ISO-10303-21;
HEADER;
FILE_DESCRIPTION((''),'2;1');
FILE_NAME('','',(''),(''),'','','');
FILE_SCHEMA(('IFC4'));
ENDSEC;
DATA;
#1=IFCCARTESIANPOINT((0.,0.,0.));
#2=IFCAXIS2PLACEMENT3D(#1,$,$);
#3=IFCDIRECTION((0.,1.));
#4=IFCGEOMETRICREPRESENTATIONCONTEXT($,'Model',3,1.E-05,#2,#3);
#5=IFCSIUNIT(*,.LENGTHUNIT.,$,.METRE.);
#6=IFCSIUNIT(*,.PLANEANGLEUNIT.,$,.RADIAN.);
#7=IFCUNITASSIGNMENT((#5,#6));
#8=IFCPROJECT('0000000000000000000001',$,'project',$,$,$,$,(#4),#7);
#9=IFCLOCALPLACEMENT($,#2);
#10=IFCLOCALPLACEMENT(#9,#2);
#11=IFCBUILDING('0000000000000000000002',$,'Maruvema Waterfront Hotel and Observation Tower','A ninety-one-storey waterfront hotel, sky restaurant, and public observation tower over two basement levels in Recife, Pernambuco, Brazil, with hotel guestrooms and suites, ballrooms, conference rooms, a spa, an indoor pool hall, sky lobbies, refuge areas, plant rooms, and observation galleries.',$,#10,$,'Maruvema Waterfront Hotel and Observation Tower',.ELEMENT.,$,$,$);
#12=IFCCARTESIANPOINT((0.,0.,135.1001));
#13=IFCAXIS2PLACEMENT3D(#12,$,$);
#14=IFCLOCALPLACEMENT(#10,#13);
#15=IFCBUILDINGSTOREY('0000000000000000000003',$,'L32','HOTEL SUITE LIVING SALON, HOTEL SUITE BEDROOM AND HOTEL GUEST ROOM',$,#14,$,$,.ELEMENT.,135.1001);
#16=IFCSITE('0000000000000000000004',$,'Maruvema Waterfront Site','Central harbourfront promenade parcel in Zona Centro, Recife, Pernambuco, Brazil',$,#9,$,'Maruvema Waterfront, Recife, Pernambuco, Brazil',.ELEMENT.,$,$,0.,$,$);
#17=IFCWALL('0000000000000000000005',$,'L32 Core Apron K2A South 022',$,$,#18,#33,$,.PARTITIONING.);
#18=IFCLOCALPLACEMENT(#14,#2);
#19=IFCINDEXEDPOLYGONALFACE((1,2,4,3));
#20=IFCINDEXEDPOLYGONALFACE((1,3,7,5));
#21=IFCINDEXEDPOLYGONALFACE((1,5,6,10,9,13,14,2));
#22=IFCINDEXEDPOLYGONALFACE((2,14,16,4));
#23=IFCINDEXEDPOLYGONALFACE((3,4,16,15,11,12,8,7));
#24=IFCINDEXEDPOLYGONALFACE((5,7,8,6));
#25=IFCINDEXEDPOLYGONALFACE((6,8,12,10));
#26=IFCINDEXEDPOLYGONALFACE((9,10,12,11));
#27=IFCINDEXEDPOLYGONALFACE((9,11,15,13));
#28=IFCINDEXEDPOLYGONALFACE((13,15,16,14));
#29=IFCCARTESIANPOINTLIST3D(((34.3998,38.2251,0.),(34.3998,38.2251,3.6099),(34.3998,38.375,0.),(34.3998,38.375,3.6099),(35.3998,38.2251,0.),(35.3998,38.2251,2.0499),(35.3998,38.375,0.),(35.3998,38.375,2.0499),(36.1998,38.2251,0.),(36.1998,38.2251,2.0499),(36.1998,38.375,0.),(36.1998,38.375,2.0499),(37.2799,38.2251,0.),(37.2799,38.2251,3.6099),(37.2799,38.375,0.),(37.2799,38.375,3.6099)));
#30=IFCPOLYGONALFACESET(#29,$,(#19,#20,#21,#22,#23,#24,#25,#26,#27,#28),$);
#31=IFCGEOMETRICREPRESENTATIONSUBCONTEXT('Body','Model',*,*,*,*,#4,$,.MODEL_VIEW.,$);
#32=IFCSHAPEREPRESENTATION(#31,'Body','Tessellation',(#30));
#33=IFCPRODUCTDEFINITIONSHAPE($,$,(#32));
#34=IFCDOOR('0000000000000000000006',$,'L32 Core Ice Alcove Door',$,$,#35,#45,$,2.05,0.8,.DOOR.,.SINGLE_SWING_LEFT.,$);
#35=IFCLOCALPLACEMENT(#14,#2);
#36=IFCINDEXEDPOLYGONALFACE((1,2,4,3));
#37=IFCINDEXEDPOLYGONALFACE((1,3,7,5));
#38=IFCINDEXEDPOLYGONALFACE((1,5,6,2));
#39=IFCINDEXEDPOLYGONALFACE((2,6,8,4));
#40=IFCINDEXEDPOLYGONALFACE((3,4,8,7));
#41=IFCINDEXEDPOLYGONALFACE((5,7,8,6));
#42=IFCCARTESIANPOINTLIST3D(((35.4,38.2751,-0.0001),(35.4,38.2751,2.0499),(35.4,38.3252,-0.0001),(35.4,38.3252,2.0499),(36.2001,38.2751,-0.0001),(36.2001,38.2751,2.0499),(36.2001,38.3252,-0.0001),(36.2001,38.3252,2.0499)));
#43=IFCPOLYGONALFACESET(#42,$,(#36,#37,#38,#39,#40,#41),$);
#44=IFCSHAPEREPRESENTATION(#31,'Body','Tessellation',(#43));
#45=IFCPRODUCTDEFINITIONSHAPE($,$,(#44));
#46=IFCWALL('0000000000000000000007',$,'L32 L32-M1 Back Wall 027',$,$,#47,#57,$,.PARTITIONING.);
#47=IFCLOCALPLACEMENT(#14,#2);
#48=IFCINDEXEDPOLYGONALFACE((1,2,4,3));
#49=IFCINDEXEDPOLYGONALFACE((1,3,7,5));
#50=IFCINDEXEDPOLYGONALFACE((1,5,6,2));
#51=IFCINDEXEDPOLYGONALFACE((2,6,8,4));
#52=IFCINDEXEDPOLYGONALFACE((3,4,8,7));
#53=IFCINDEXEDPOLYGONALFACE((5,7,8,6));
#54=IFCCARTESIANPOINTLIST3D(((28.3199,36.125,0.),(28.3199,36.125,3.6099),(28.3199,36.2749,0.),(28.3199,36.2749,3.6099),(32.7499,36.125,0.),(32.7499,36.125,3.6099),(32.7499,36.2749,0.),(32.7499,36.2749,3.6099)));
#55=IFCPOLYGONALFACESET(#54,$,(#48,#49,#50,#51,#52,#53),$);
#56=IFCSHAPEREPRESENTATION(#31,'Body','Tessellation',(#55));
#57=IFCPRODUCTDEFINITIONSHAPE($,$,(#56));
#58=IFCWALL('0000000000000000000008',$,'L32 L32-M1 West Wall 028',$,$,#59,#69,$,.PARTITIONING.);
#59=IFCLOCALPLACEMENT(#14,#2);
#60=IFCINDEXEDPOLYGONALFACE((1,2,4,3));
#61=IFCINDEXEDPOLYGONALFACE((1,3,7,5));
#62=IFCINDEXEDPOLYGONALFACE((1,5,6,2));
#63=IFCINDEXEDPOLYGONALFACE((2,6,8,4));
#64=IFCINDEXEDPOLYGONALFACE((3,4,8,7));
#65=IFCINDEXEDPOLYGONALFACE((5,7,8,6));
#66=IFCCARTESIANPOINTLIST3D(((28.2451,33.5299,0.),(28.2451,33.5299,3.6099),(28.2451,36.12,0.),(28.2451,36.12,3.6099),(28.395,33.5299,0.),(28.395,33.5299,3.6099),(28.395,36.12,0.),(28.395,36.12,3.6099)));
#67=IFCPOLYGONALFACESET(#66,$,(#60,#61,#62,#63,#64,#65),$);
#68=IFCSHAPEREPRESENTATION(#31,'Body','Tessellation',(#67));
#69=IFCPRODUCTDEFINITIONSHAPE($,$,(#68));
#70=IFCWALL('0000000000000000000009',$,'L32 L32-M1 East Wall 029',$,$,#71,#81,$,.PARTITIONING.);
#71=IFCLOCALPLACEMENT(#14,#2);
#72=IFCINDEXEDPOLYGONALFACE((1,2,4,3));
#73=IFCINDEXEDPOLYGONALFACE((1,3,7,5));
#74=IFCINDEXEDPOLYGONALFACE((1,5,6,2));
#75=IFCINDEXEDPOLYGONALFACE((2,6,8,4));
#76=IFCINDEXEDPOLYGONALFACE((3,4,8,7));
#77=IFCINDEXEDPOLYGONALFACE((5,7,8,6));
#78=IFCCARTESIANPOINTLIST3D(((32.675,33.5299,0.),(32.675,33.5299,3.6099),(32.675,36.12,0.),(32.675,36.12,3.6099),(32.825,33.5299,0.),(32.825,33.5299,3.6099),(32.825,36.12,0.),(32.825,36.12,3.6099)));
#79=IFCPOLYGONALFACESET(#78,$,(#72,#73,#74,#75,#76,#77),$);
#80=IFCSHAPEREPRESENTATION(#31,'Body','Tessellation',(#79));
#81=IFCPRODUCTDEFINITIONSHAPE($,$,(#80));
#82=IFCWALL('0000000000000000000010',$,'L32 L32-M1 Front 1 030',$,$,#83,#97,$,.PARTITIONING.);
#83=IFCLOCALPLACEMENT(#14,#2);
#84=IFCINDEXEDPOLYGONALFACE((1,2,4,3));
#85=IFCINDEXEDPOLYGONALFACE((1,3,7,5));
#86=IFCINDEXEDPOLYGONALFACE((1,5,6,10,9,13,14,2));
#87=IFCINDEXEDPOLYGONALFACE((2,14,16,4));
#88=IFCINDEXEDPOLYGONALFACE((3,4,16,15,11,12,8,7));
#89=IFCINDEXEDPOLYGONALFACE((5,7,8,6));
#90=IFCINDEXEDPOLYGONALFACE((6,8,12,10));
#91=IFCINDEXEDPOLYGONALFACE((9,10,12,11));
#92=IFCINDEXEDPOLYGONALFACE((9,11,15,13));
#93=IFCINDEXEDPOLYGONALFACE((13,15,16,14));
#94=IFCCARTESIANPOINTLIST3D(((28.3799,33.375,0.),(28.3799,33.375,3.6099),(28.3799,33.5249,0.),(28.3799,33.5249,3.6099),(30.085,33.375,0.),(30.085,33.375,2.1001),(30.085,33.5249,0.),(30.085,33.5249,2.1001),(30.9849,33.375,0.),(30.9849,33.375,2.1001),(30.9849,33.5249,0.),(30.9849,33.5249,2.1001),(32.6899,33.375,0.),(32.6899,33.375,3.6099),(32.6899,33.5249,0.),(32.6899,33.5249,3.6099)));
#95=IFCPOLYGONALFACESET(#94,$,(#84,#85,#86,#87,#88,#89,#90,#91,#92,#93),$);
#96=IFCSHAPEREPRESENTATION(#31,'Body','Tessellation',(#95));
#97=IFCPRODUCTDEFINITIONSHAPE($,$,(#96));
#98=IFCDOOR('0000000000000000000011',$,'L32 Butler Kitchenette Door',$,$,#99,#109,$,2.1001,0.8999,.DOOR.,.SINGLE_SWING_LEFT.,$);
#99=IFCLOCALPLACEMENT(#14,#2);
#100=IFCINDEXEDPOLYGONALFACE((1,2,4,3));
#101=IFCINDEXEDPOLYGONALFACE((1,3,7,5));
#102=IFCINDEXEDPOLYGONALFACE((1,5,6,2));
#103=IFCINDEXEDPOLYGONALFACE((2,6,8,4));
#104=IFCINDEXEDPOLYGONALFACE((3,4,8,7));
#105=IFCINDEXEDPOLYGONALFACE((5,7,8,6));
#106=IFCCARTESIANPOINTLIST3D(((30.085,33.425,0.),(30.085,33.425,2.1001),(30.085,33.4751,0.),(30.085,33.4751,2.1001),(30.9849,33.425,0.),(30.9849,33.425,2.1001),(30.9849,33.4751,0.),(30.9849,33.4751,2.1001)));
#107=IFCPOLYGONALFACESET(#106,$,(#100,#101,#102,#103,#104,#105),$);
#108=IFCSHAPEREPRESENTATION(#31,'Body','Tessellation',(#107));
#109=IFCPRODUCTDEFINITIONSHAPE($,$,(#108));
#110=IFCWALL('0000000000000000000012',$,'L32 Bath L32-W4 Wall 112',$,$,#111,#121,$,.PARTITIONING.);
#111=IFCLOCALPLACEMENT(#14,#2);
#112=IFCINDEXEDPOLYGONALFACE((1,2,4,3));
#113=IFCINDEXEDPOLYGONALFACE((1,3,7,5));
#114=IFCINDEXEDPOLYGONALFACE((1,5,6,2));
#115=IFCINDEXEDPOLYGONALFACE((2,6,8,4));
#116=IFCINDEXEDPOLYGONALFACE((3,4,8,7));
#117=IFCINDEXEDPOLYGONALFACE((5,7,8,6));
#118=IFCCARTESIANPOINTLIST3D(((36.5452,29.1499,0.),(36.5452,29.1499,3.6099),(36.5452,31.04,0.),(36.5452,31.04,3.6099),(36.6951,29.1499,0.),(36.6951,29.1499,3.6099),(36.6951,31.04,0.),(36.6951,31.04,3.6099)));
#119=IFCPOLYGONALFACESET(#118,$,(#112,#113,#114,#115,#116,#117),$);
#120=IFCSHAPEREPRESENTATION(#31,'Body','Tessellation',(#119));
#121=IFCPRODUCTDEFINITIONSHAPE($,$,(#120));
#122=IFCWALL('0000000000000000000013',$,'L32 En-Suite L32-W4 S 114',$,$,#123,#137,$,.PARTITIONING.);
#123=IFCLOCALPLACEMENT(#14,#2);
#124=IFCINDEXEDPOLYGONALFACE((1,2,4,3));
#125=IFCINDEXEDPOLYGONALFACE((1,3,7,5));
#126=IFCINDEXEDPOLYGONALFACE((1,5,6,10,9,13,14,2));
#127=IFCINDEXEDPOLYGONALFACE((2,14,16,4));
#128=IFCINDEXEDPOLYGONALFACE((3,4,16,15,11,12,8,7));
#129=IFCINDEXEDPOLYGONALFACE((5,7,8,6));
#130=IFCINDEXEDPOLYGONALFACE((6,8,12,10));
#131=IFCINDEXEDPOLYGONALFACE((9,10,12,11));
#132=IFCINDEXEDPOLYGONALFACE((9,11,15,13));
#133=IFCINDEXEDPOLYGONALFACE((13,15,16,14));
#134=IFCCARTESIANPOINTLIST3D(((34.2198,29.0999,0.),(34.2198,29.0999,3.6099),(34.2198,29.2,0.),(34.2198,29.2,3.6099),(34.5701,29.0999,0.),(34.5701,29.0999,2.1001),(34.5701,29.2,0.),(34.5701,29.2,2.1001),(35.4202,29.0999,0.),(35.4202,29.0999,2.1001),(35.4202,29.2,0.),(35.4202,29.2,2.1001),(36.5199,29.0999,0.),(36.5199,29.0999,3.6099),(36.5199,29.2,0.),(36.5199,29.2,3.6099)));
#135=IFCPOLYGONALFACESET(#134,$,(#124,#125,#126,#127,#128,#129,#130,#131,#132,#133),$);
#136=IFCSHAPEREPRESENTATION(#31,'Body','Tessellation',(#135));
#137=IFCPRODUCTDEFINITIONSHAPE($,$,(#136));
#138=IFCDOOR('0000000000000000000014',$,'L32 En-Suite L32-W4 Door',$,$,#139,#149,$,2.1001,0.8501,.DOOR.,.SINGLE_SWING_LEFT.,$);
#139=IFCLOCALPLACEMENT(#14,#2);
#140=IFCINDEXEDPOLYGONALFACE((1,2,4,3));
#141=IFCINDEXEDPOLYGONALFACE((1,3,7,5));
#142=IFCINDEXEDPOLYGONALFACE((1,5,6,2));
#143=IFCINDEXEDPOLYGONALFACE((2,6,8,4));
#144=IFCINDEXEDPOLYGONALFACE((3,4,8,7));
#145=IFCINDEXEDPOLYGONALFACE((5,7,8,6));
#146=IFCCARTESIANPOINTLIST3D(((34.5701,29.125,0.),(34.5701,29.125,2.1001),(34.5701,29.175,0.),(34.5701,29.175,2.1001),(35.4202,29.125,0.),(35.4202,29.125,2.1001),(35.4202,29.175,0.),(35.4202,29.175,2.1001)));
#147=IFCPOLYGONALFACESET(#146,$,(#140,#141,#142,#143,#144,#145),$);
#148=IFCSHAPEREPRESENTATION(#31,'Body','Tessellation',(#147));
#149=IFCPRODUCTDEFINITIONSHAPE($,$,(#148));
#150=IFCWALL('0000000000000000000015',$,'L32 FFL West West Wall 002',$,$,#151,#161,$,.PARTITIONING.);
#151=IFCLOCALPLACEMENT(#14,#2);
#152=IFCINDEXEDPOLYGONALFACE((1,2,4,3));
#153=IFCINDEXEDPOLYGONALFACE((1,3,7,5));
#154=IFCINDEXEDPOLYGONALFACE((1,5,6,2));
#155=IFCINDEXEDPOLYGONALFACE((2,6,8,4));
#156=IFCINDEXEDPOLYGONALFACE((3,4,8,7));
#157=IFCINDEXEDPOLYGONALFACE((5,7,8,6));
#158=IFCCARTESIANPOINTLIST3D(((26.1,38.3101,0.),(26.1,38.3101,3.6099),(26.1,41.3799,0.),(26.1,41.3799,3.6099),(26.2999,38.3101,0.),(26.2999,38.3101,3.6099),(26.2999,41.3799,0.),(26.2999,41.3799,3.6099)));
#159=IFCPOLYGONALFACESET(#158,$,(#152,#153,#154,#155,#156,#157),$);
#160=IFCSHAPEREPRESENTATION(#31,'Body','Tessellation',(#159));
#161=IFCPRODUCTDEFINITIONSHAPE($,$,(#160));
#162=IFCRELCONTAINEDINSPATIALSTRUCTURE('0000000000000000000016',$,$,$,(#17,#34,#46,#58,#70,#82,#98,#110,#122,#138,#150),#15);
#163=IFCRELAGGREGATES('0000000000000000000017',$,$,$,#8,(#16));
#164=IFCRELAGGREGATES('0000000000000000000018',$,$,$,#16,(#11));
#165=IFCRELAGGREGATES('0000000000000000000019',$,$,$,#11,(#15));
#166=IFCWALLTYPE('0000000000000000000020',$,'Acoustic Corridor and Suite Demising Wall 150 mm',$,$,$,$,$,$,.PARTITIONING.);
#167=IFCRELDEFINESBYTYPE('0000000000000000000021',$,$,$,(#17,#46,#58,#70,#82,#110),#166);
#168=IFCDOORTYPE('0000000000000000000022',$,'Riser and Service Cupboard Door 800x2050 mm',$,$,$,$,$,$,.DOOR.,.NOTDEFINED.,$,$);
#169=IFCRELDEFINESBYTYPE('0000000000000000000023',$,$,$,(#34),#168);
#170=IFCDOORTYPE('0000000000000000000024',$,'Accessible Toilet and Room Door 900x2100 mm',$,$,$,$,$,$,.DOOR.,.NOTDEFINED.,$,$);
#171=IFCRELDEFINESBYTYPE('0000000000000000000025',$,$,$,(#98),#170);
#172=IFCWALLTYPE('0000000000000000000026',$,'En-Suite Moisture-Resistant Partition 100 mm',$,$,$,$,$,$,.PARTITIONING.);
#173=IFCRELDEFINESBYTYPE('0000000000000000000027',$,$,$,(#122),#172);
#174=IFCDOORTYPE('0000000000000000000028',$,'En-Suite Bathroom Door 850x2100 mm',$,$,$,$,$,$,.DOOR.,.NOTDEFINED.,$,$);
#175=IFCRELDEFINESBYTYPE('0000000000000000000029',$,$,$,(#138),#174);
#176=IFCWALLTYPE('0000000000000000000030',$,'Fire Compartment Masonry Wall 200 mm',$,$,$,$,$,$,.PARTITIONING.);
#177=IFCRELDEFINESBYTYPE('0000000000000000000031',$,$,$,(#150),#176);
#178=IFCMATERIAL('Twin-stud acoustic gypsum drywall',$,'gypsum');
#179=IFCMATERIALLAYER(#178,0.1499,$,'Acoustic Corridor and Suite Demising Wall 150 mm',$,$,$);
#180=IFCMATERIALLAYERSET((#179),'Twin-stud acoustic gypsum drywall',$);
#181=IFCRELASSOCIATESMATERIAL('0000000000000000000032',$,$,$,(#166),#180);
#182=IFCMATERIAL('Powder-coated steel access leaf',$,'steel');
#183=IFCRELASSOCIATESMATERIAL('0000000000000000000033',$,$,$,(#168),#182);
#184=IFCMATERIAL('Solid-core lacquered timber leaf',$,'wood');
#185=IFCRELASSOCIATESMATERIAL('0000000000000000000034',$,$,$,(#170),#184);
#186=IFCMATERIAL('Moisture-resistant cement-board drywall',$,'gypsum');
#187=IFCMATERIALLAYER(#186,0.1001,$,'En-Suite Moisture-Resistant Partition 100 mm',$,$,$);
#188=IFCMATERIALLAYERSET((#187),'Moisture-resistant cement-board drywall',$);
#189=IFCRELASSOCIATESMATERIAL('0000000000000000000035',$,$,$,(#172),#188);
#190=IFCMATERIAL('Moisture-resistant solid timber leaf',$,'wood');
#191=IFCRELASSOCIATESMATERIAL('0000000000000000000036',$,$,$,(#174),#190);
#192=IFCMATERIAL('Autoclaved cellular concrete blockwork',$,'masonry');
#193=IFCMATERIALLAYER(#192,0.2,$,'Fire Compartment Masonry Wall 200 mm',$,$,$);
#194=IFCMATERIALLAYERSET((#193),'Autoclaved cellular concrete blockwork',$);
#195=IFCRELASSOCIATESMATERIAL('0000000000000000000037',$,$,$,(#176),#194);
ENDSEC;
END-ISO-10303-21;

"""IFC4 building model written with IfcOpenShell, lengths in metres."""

from ifc_helpers import new_model, si_unit, direction, frame, frame_2d, origin, place, context, subcontext, project, spatial, rectangle, extrude, material, layer, layer_set, type_object, element, fill, save


model = new_model("IFC4")

# Units and contexts
model_context = context("Model", 3, precision=1e-05, world=origin(), true_north=direction((0.0, 1.0)))
body_context = subcontext(model_context, "Body", "Model", "MODEL_VIEW")
ifc_project = project(units=[si_unit("LENGTHUNIT", "METRE"), si_unit("PLANEANGLEUNIT", "RADIAN")], contexts=[model_context])

# Site, building, storey
site_placement = place(None, origin())
site = spatial("IfcSite", under=ifc_project, at=site_placement, Name="Maruvema Waterfront Site", Description="Central harbourfront promenade parcel in Zona Centro, Recife, Pernambuco, Brazil", LongName="Maruvema Waterfront, Recife, Pernambuco, Brazil", CompositionType="ELEMENT", RefElevation=0.0)
building_placement = place(site_placement, origin())
building = spatial("IfcBuilding", under=site, at=building_placement, Name="Maruvema Waterfront Hotel and Observation Tower", Description="A ninety-one-storey waterfront hotel, sky restaurant, and public observation tower over two basement levels in Recife, Pernambuco, Brazil, with hotel guestrooms and suites, ballrooms, conference rooms, a spa, an indoor pool hall, sky lobbies, refuge areas, plant rooms, and observation galleries.", LongName="Maruvema Waterfront Hotel and Observation Tower", CompositionType="ELEMENT")
storey_placement = place(building_placement, frame((0.0, 0.0, 135.1001)))
storey = spatial("IfcBuildingStorey", under=building, at=storey_placement, Name="L32", Description="HOTEL SUITE LIVING SALON, HOTEL SUITE BEDROOM AND HOTEL GUEST ROOM", CompositionType="ELEMENT", Elevation=135.1001)

# Wall, opening, door
ifc_material_1 = material(Name="Twin-stud acoustic gypsum drywall", Category="gypsum")
ifc_layer_1 = layer(ifc_material_1, 0.1499, Name="Acoustic Corridor and Suite Demising Wall 150 mm")
ifc_layer_set_1 = layer_set([ifc_layer_1], Name="Twin-stud acoustic gypsum drywall")
wall_type_1 = type_object("IfcWallType", Name="Acoustic Corridor and Suite Demising Wall 150 mm", PredefinedType="PARTITIONING", material=ifc_layer_set_1)
wall_1_placement = place(storey_placement, frame((34.3999, 38.3, 0.0), z_axis=(0.0, 0.0, 1.0), x_axis=(1.0, 0.0, 0.0)))
wall_1 = element("IfcWall", 1, at=wall_1_placement, inside=storey, type_object=wall_type_1, Name="L32 Core Apron K2A South 022", PredefinedType="PARTITIONING", context=body_context, shape_type="SweptSolid", body=[
    extrude(rectangle(XDim=2.8801, YDim=0.1499, at=frame_2d((1.4399, 0.0))), origin(), (0.0, 0.0, 1.0), 3.6099),
])
opening_1_placement = place(wall_1_placement, frame((1.0, 0.0, 0.0)))
opening_1 = element("IfcOpeningElement", 2, at=opening_1_placement, cuts=wall_1, PredefinedType="OPENING", context=body_context, shape_type="SweptSolid", body=[
    extrude(rectangle(XDim=0.8, YDim=2.05, at=frame_2d((0.3999, 1.0249))), frame((0.0, 0.085, 0.0), z_axis=(0.0, -1.0, 0.0), x_axis=(1.0, 0.0, 0.0)), (0.0, 0.0, 1.0), 0.1699),
])
ifc_material_2 = material(Name="Powder-coated steel access leaf", Category="steel")
door_type_1 = type_object("IfcDoorType", Name="Riser and Service Cupboard Door 800x2050 mm", OperationType="NOTDEFINED", PredefinedType="DOOR", material=ifc_material_2)
door_1_placement = place(opening_1_placement, frame((0.8, 0.0, 0.0), z_axis=(0.0, 0.0, 1.0), x_axis=(-1.0, 0.0, 0.0)))
door_1 = element("IfcDoor", 3, at=door_1_placement, inside=storey, type_object=door_type_1, Name="L32 Core Ice Alcove Door", OperationType="SINGLE_SWING_LEFT", OverallHeight=2.05, OverallWidth=0.8, PredefinedType="DOOR", context=body_context, shape_type="SweptSolid", body=[
    extrude(rectangle(XDim=0.8, YDim=2.05, at=frame_2d((0.3999, 1.0249))), frame((0.0, 0.0249, 0.0), z_axis=(0.0, -1.0, 0.0), x_axis=(1.0, 0.0, 0.0)), (0.0, 0.0, 1.0), 0.05),
])
fill(opening_1, door_1)

# Walls
wall_2_placement = place(storey_placement, frame((28.3201, 36.2, 0.0), z_axis=(0.0, 0.0, 1.0), x_axis=(1.0, 0.0, 0.0)))
element("IfcWall", 4, at=wall_2_placement, inside=storey, type_object=wall_type_1, Name="L32 L32-M1 Back Wall 027", PredefinedType="PARTITIONING", context=body_context, shape_type="SweptSolid", body=[
    extrude(rectangle(XDim=4.4299, YDim=0.1499, at=frame_2d((2.2148, 0.0))), origin(), (0.0, 0.0, 1.0), 3.6099),
])
for number, where, z_axis, x_axis, name in (
    (5, (28.3201, 33.53, 0.0), (0.0, 0.0, 1.0), (0.0, 1.0, 0.0), "L32 L32-M1 West Wall 028"),
    (6, (32.75, 33.53, 0.0), (0.0, 0.0, 1.0), (0.0, 1.0, 0.0), "L32 L32-M1 East Wall 029"),
):
    element("IfcWall", number, at=place(storey_placement, frame(where, z_axis=z_axis, x_axis=x_axis)), inside=storey, type_object=wall_type_1, Name=name, PredefinedType="PARTITIONING", context=body_context, shape_type="SweptSolid", body=[
        extrude(rectangle(XDim=2.5901, YDim=0.1499, at=frame_2d((1.2949, 0.0))), origin(), (0.0, 0.0, 1.0), 3.6099),
    ])

# Wall, opening, door
wall_3_placement = place(storey_placement, frame((28.3799, 33.45, 0.0), z_axis=(0.0, 0.0, 1.0), x_axis=(1.0, 0.0, 0.0)))
wall_3 = element("IfcWall", 7, at=wall_3_placement, inside=storey, type_object=wall_type_1, Name="L32 L32-M1 Front 1 030", PredefinedType="PARTITIONING", context=body_context, shape_type="SweptSolid", body=[
    extrude(rectangle(XDim=4.3101, YDim=0.1499, at=frame_2d((2.155, 0.0))), origin(), (0.0, 0.0, 1.0), 3.6099),
])
opening_2_placement = place(wall_3_placement, frame((1.7051, 0.0, 0.0)))
opening_2 = element("IfcOpeningElement", 8, at=opening_2_placement, cuts=wall_3, PredefinedType="OPENING", context=body_context, shape_type="SweptSolid", body=[
    extrude(rectangle(XDim=0.8999, YDim=2.1001, at=frame_2d((0.45, 1.05))), frame((0.0, 0.085, 0.0), z_axis=(0.0, -1.0, 0.0), x_axis=(1.0, 0.0, 0.0)), (0.0, 0.0, 1.0), 0.1699),
])
ifc_material_3 = material(Name="Solid-core lacquered timber leaf", Category="wood")
door_type_2 = type_object("IfcDoorType", Name="Accessible Toilet and Room Door 900x2100 mm", OperationType="NOTDEFINED", PredefinedType="DOOR", material=ifc_material_3)
door_2_placement = place(opening_2_placement, frame((0.8999, 0.0, 0.0), z_axis=(0.0, 0.0, 1.0), x_axis=(-1.0, 0.0, 0.0)))
door_2 = element("IfcDoor", 9, at=door_2_placement, inside=storey, type_object=door_type_2, Name="L32 Butler Kitchenette Door", OperationType="SINGLE_SWING_LEFT", OverallHeight=2.1001, OverallWidth=0.8999, PredefinedType="DOOR", context=body_context, shape_type="SweptSolid", body=[
    extrude(rectangle(XDim=0.8999, YDim=2.1001, at=frame_2d((0.45, 1.05))), frame((0.0, 0.0249, 0.0), z_axis=(0.0, -1.0, 0.0), x_axis=(1.0, 0.0, 0.0)), (0.0, 0.0, 1.0), 0.05),
])
fill(opening_2, door_2)

# Wall
wall_4_placement = place(storey_placement, frame((36.6201, 29.1499, 0.0), z_axis=(0.0, 0.0, 1.0), x_axis=(0.0, 1.0, 0.0)))
element("IfcWall", 10, at=wall_4_placement, inside=storey, type_object=wall_type_1, Name="L32 Bath L32-W4 Wall 112", PredefinedType="PARTITIONING", context=body_context, shape_type="SweptSolid", body=[
    extrude(rectangle(XDim=1.8901, YDim=0.1499, at=frame_2d((0.9451, 0.0))), origin(), (0.0, 0.0, 1.0), 3.6099),
])

# Wall, opening, door
ifc_material_4 = material(Name="Moisture-resistant cement-board drywall", Category="gypsum")
ifc_layer_2 = layer(ifc_material_4, 0.1001, Name="En-Suite Moisture-Resistant Partition 100 mm")
ifc_layer_set_2 = layer_set([ifc_layer_2], Name="Moisture-resistant cement-board drywall")
wall_type_2 = type_object("IfcWallType", Name="En-Suite Moisture-Resistant Partition 100 mm", PredefinedType="PARTITIONING", material=ifc_layer_set_2)
wall_5_placement = place(storey_placement, frame((34.22, 29.1499, 0.0), z_axis=(0.0, 0.0, 1.0), x_axis=(1.0, 0.0, 0.0)))
wall_5 = element("IfcWall", 11, at=wall_5_placement, inside=storey, type_object=wall_type_2, Name="L32 En-Suite L32-W4 S 114", PredefinedType="PARTITIONING", context=body_context, shape_type="SweptSolid", body=[
    extrude(rectangle(XDim=2.3, YDim=0.1001, at=frame_2d((1.1499, 0.0))), origin(), (0.0, 0.0, 1.0), 3.6099),
])
opening_3_placement = place(wall_5_placement, frame((0.3501, 0.0, 0.0)))
opening_3 = element("IfcOpeningElement", 12, at=opening_3_placement, cuts=wall_5, PredefinedType="OPENING", context=body_context, shape_type="SweptSolid", body=[
    extrude(rectangle(XDim=0.8501, YDim=2.1001, at=frame_2d((0.425, 1.05))), frame((0.0, 0.0601, 0.0), z_axis=(0.0, -1.0, 0.0), x_axis=(1.0, 0.0, 0.0)), (0.0, 0.0, 1.0), 0.1201),
])
ifc_material_5 = material(Name="Moisture-resistant solid timber leaf", Category="wood")
door_type_3 = type_object("IfcDoorType", Name="En-Suite Bathroom Door 850x2100 mm", OperationType="NOTDEFINED", PredefinedType="DOOR", material=ifc_material_5)
door_3_placement = place(opening_3_placement, frame((0.8501, 0.0, 0.0), z_axis=(0.0, 0.0, 1.0), x_axis=(-1.0, 0.0, 0.0)))
door_3 = element("IfcDoor", 13, at=door_3_placement, inside=storey, type_object=door_type_3, Name="L32 En-Suite L32-W4 Door", OperationType="SINGLE_SWING_LEFT", OverallHeight=2.1001, OverallWidth=0.8501, PredefinedType="DOOR", context=body_context, shape_type="SweptSolid", body=[
    extrude(rectangle(XDim=0.8501, YDim=2.1001, at=frame_2d((0.425, 1.05))), frame((0.0, 0.0249, 0.0), z_axis=(0.0, -1.0, 0.0), x_axis=(1.0, 0.0, 0.0)), (0.0, 0.0, 1.0), 0.05),
])
fill(opening_3, door_3)
ifc_material_6 = material(Name="Autoclaved cellular concrete blockwork", Category="masonry")
ifc_layer_3 = layer(ifc_material_6, 0.2, Name="Fire Compartment Masonry Wall 200 mm")
ifc_layer_set_3 = layer_set([ifc_layer_3], Name="Autoclaved cellular concrete blockwork")
wall_type_3 = type_object("IfcWallType", Name="Fire Compartment Masonry Wall 200 mm", PredefinedType="PARTITIONING", material=ifc_layer_set_3)

# Wall
wall_6_placement = place(storey_placement, frame((26.2, 38.3101, 0.0), z_axis=(0.0, 0.0, 1.0), x_axis=(0.0, 1.0, 0.0)))
element("IfcWall", 14, at=wall_6_placement, inside=storey, type_object=wall_type_3, Name="L32 FFL West West Wall 002", PredefinedType="PARTITIONING", context=body_context, shape_type="SweptSolid", body=[
    extrude(rectangle(XDim=3.0698, YDim=0.2, at=frame_2d((1.5349, 0.0))), origin(), (0.0, 0.0, 1.0), 3.6099),
])

save(model, "model.ifc")
